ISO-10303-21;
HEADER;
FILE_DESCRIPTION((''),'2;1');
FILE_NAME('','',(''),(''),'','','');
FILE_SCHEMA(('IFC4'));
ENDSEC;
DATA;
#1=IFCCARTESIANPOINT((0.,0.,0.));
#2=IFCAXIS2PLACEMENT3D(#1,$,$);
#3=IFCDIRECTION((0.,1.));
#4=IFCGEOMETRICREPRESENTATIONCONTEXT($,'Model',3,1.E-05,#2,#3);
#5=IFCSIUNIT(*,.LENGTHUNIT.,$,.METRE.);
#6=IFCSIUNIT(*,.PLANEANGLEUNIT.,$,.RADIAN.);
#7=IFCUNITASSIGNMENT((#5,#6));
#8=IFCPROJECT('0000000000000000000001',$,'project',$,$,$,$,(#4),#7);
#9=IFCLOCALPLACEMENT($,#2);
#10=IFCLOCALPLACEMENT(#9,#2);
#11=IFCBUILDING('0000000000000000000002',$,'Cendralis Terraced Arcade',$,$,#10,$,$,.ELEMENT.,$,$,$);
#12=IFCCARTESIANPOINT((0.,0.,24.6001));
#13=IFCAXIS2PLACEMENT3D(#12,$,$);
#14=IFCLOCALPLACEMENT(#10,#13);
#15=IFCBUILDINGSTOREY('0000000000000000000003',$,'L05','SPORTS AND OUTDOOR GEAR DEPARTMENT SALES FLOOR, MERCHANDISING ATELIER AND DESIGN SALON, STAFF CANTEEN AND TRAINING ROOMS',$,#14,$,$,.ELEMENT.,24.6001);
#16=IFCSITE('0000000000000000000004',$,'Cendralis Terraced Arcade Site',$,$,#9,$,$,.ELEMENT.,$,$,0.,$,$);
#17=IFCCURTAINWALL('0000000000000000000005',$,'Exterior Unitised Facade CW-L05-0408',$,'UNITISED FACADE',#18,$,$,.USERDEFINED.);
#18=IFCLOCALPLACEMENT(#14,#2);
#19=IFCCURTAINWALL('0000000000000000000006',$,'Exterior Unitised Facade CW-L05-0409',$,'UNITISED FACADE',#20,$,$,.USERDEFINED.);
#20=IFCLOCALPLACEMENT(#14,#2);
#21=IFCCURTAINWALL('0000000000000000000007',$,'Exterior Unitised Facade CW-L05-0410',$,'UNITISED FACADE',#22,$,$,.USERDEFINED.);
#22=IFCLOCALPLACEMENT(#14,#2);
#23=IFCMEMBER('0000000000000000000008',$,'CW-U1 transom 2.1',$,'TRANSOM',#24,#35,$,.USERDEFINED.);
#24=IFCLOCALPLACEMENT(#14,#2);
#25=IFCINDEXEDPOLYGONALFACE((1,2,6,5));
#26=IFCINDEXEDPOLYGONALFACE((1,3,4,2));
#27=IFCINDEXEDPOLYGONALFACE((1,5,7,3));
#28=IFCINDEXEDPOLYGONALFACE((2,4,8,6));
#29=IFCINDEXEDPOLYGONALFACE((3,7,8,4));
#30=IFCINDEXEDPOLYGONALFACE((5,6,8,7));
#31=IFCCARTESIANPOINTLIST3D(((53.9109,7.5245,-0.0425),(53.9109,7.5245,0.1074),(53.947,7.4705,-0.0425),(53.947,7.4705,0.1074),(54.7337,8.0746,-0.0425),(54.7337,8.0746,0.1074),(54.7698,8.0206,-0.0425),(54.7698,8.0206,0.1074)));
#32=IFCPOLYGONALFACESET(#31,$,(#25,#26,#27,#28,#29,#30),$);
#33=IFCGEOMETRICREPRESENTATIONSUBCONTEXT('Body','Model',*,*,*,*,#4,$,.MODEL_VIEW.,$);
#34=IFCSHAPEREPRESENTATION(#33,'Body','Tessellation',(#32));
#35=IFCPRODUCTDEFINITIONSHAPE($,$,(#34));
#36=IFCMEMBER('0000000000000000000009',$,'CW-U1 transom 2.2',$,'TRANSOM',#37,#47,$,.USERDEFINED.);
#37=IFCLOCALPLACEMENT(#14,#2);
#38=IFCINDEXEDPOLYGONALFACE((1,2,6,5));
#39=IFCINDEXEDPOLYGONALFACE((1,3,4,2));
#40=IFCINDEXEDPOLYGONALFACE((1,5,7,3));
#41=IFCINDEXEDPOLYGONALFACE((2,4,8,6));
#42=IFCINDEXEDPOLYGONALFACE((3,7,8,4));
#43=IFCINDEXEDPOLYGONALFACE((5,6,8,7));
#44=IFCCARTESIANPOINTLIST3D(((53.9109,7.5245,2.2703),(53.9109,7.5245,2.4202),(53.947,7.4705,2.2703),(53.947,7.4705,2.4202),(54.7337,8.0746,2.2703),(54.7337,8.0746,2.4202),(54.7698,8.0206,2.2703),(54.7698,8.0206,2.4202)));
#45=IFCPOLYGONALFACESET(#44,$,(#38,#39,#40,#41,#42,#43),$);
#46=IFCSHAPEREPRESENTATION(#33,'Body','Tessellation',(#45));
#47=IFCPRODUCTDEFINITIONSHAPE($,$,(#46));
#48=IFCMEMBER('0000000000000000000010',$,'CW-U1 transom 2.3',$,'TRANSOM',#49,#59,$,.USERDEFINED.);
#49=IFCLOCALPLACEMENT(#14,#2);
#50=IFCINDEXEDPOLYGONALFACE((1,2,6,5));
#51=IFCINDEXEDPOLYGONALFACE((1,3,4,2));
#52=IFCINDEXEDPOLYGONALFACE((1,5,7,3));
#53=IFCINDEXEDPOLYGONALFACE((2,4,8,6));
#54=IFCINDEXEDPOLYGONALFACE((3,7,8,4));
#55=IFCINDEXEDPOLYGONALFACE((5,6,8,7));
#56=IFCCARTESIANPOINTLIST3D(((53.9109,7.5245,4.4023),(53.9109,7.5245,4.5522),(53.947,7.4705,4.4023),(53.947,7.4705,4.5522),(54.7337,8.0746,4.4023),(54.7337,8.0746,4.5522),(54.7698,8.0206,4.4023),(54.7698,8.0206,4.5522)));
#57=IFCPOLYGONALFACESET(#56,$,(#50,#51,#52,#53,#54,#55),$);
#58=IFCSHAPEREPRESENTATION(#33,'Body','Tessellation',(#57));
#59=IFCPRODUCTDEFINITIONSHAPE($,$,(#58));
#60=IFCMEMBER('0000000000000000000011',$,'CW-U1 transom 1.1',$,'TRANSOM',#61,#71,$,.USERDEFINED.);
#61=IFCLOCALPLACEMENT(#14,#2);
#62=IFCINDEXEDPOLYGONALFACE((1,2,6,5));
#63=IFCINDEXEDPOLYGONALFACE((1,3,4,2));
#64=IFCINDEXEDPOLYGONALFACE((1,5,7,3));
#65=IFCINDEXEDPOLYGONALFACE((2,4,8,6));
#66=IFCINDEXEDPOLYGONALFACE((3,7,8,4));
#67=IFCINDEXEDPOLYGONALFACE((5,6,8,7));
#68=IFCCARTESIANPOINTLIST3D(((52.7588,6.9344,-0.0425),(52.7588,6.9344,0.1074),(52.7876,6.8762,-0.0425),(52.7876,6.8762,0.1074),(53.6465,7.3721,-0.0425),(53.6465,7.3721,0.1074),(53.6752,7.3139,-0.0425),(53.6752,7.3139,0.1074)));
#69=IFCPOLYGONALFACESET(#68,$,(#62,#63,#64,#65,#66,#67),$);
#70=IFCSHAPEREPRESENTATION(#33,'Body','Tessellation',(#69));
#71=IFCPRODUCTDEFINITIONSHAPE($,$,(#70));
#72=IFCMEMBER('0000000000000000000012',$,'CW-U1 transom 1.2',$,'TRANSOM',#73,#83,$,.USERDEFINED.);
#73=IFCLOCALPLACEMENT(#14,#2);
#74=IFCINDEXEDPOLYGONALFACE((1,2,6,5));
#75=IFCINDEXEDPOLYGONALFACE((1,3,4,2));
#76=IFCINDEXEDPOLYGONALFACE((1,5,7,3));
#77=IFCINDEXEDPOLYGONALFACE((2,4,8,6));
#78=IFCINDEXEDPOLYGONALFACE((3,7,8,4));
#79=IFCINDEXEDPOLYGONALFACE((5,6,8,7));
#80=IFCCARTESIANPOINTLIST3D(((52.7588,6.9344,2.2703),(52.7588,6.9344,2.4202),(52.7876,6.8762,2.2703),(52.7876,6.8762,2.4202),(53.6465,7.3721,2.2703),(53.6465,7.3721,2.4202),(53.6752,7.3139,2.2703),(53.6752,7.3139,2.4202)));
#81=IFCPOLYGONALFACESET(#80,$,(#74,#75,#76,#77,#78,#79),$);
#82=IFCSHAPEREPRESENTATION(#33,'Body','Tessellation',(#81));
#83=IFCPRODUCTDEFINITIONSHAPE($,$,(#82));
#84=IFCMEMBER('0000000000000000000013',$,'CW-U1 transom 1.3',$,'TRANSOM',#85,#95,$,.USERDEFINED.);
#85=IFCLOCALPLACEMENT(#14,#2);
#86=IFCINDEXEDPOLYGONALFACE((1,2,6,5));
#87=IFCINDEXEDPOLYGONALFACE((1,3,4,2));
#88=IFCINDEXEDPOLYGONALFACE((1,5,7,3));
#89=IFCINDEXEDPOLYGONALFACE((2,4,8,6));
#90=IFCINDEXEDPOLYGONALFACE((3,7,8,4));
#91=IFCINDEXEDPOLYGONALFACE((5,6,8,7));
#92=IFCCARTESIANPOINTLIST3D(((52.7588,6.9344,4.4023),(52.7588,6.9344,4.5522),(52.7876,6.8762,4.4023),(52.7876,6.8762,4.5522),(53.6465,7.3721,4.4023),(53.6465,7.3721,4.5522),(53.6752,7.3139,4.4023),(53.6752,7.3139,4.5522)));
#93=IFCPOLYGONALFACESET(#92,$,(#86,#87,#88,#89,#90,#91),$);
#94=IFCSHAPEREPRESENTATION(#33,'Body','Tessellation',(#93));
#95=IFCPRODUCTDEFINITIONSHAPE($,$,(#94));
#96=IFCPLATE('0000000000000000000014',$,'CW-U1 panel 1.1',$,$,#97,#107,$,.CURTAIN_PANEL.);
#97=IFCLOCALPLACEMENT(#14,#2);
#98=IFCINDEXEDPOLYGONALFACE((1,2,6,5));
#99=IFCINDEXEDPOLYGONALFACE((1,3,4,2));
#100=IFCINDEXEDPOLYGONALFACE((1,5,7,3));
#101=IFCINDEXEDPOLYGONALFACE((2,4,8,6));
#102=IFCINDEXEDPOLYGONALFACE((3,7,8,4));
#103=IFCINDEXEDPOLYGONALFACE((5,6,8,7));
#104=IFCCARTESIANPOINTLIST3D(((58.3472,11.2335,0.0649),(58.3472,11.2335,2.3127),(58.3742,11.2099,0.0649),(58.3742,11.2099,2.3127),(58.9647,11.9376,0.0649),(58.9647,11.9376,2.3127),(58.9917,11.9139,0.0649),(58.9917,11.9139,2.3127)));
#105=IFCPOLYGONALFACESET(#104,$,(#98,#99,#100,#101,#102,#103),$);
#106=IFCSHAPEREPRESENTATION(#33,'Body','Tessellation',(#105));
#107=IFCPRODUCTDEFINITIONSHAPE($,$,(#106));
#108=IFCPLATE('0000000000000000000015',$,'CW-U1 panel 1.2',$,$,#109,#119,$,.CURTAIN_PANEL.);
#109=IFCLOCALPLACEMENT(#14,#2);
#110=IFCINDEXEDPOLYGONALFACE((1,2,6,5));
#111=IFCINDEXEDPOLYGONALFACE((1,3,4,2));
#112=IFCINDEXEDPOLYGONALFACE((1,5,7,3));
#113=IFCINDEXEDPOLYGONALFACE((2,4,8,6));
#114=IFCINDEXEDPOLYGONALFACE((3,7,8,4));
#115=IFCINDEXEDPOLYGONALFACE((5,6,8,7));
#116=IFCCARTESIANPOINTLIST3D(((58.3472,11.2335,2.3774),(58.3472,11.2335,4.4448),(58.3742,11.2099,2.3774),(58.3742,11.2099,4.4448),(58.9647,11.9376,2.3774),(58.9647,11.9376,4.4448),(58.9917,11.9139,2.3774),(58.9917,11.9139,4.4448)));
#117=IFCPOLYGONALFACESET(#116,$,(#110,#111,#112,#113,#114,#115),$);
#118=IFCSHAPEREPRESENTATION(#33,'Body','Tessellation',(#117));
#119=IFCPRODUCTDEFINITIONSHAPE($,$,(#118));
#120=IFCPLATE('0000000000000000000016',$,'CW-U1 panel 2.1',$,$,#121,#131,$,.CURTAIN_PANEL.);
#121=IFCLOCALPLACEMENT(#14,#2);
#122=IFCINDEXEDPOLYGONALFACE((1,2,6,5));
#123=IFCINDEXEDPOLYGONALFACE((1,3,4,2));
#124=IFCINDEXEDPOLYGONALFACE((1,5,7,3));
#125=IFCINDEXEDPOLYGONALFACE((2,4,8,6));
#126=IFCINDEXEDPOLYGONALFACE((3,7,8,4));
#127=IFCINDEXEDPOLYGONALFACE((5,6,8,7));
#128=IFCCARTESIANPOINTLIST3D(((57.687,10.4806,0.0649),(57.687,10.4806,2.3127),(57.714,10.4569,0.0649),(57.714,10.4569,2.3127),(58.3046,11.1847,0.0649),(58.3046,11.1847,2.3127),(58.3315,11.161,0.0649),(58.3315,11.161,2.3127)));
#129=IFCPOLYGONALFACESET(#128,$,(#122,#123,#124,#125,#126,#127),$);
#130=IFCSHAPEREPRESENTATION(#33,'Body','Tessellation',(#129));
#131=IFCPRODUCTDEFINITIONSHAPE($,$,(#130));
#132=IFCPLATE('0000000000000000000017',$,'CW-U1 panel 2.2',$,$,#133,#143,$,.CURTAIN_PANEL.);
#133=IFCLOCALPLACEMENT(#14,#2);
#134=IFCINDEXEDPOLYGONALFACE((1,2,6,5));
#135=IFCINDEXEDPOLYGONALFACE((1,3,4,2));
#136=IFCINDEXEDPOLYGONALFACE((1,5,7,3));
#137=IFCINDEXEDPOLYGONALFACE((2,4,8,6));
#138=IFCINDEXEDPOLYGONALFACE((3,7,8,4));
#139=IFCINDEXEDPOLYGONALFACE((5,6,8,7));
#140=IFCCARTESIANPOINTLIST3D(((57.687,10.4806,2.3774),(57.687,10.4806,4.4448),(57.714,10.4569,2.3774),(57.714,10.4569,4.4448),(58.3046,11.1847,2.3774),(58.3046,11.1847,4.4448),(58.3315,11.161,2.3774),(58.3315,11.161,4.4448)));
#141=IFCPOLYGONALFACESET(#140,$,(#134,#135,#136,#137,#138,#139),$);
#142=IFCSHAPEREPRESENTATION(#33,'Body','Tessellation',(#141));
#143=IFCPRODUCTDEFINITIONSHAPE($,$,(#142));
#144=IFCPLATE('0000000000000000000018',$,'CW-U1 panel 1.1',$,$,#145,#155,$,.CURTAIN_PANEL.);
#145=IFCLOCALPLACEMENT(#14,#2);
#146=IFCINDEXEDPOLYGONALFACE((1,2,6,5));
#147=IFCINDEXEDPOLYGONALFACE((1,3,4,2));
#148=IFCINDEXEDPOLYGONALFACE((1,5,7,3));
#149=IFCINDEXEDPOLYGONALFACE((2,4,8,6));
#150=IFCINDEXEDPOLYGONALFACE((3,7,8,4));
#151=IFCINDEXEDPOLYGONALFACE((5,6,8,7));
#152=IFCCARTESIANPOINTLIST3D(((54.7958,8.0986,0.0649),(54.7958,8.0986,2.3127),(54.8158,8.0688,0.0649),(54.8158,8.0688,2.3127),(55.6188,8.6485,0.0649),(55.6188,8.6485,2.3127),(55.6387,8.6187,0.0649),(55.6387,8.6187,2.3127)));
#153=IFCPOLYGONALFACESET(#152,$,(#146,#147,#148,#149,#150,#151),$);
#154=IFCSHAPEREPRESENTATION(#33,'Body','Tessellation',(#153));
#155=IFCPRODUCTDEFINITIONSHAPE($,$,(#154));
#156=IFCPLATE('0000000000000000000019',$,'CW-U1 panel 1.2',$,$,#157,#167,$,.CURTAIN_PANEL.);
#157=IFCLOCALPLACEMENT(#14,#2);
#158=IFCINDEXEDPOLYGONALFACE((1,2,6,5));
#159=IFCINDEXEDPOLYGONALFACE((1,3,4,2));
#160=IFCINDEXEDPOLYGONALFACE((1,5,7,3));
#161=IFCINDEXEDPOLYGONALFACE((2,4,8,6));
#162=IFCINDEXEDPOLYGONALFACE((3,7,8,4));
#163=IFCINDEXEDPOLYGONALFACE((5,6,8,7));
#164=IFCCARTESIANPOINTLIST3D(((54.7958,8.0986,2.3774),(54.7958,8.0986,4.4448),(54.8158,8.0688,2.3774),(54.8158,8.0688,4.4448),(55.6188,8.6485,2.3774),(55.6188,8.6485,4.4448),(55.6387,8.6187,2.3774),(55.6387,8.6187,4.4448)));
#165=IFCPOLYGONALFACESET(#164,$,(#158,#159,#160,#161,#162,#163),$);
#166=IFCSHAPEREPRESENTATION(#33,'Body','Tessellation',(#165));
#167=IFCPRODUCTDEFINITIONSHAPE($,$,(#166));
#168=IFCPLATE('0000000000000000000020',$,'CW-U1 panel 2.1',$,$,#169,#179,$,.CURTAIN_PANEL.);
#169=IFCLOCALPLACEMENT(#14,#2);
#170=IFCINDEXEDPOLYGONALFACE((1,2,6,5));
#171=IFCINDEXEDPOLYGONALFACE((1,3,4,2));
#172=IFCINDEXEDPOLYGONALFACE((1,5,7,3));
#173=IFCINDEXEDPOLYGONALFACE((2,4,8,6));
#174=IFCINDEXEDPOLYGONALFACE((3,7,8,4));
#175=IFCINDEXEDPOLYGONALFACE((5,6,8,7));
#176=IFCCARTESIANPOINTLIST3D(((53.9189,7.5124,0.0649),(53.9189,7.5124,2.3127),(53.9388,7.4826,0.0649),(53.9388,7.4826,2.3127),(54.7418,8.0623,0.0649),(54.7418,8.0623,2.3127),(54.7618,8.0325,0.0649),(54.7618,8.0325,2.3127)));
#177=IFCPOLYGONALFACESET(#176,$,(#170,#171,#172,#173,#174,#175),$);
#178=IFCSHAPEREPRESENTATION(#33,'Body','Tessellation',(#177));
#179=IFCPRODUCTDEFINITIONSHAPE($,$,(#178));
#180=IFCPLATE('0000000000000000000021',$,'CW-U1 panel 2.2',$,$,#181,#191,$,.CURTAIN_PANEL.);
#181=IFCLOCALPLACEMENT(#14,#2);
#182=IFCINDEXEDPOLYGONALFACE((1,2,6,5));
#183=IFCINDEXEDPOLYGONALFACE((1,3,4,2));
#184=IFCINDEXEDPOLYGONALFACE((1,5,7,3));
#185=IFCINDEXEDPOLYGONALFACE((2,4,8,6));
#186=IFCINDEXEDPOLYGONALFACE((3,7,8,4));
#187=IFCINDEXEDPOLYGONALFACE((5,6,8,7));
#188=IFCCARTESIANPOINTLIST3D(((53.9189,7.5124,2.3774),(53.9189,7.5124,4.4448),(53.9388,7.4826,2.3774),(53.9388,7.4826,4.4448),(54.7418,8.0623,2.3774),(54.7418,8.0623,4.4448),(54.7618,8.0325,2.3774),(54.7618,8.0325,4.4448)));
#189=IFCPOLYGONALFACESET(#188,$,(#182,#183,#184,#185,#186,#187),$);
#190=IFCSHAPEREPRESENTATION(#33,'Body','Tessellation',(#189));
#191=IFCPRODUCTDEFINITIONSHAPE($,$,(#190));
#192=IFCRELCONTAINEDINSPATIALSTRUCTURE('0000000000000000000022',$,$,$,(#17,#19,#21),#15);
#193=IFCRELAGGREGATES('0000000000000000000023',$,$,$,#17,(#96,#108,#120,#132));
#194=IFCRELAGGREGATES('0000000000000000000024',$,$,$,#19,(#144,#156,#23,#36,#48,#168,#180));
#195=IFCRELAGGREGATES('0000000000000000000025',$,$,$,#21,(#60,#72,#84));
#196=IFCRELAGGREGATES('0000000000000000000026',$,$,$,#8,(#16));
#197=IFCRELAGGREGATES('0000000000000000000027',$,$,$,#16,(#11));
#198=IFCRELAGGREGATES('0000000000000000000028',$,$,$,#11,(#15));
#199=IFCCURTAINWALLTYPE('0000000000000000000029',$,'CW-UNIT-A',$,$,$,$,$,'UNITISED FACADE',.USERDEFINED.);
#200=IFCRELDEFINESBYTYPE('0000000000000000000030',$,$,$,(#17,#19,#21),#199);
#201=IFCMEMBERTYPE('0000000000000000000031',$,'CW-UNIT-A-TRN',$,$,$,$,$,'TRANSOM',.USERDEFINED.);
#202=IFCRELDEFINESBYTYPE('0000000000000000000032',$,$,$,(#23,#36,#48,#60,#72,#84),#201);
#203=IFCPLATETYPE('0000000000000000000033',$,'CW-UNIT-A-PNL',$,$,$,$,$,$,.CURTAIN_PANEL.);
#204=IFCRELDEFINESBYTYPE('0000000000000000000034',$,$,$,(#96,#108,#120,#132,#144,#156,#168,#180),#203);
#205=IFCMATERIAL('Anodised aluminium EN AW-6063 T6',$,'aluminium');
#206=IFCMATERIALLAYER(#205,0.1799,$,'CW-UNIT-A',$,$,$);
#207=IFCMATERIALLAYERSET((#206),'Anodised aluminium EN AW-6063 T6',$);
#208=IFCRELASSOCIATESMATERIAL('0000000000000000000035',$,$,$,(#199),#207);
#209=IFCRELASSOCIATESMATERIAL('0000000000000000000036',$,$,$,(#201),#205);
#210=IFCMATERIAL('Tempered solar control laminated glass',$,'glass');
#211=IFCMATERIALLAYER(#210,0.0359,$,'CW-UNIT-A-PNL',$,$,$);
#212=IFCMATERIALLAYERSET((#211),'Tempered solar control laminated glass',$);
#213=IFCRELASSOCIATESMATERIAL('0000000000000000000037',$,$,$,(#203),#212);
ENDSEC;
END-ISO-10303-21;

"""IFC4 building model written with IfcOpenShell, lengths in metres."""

from ifc_helpers import new_model, si_unit, direction, frame, origin, origin_2d, place, context, subcontext, project, spatial, rectangle, extrude, material, layer, layer_set, material_profile, profile_set, type_object, element, aggregate, save


model = new_model("IFC4")

# Units and contexts
model_context = context("Model", 3, precision=1e-05, world=origin(), true_north=direction((0.0, 1.0)))
body_context = subcontext(model_context, "Body", "Model", "MODEL_VIEW")
ifc_project = project(units=[si_unit("LENGTHUNIT", "METRE"), si_unit("PLANEANGLEUNIT", "RADIAN")], contexts=[model_context])

# Site, building, storey
site_placement = place(None, origin())
site = spatial("IfcSite", under=ifc_project, at=site_placement, Name="Cendralis Terraced Arcade Site", CompositionType="ELEMENT", RefElevation=0.0)
building_placement = place(site_placement, origin())
building = spatial("IfcBuilding", under=site, at=building_placement, Name="Cendralis Terraced Arcade", CompositionType="ELEMENT")
storey_placement = place(building_placement, frame((0.0, 0.0, 24.6001)))
storey = spatial("IfcBuildingStorey", under=building, at=storey_placement, Name="L05", Description="SPORTS AND OUTDOOR GEAR DEPARTMENT SALES FLOOR, MERCHANDISING ATELIER AND DESIGN SALON, STAFF CANTEEN AND TRAINING ROOMS", CompositionType="ELEMENT", Elevation=24.6001)

# Curtain walls
ifc_material_1 = material(Name="Anodised aluminium EN AW-6063 T6", Category="aluminium")
ifc_layer_1 = layer(ifc_material_1, 0.1799, Name="CW-UNIT-A")
ifc_layer_set_1 = layer_set([ifc_layer_1], Name="Anodised aluminium EN AW-6063 T6")
curtain_wall_type = type_object("IfcCurtainWallType", Name="CW-UNIT-A", ElementType="UNITISED FACADE", PredefinedType="USERDEFINED", material=ifc_layer_set_1)
curtain_wall_1_placement = place(storey_placement, origin())
curtain_wall_1 = element("IfcCurtainWall", 1, at=curtain_wall_1_placement, inside=storey, type_object=curtain_wall_type, Name="Exterior Unitised Facade CW-L05-0408", ObjectType="UNITISED FACADE", PredefinedType="USERDEFINED")
curtain_wall_2_placement = place(storey_placement, origin())
curtain_wall_2 = element("IfcCurtainWall", 2, at=curtain_wall_2_placement, inside=storey, type_object=curtain_wall_type, Name="Exterior Unitised Facade CW-L05-0409", ObjectType="UNITISED FACADE", PredefinedType="USERDEFINED")

# Curtain wall
curtain_wall_3_placement = place(storey_placement, origin())
curtain_wall_3 = element("IfcCurtainWall", 3, at=curtain_wall_3_placement, inside=storey, type_object=curtain_wall_type, Name="Exterior Unitised Facade CW-L05-0410", ObjectType="UNITISED FACADE", PredefinedType="USERDEFINED")

# Members
ifc_material_profile_1 = material_profile(ifc_material_1, rectangle(XDim=0.0649, YDim=0.1499, at=origin_2d()), Name="ALU-TRN-65x150")
ifc_profile_set_1 = profile_set([ifc_material_profile_1], Name="Anodised aluminium EN AW-6063 T6")
member_type_1 = type_object("IfcMemberType", Name="CW-UNIT-A-TRN", ElementType="TRANSOM", PredefinedType="USERDEFINED", material=ifc_profile_set_1)
member_1_placement = place(storey_placement, frame((54.7517, 8.0476, 0.0325), z_axis=(-0.831329, -0.555781, 0.0), x_axis=(0.555781, -0.831329, 0.0)))
member_1 = element("IfcMember", 4, at=member_1_placement, type_object=member_type_1, Name="CW-U1 transom 2.1", ObjectType="TRANSOM", PredefinedType="USERDEFINED", context=body_context, shape_type="SweptSolid", body=[
    extrude(rectangle(XDim=0.0649, YDim=0.1499, at=origin_2d()), origin(), (0.0, 0.0, 1.0), 0.9897),
])
member_2_placement = place(storey_placement, frame((54.7517, 8.0476, 2.3452), z_axis=(-0.831329, -0.555781, 0.0), x_axis=(0.555781, -0.831329, 0.0)))
member_2 = element("IfcMember", 5, at=member_2_placement, type_object=member_type_1, Name="CW-U1 transom 2.2", ObjectType="TRANSOM", PredefinedType="USERDEFINED", context=body_context, shape_type="SweptSolid", body=[
    extrude(rectangle(XDim=0.0649, YDim=0.1499, at=origin_2d()), origin(), (0.0, 0.0, 1.0), 0.9897),
])
member_3_placement = place(storey_placement, frame((54.7517, 8.0476, 4.4773), z_axis=(-0.831329, -0.555781, 0.0), x_axis=(0.555781, -0.831329, 0.0)))
member_3 = element("IfcMember", 6, at=member_3_placement, type_object=member_type_1, Name="CW-U1 transom 2.3", ObjectType="TRANSOM", PredefinedType="USERDEFINED", context=body_context, shape_type="SweptSolid", body=[
    extrude(rectangle(XDim=0.0649, YDim=0.1499, at=origin_2d()), origin(), (0.0, 0.0, 1.0), 0.9897),
])
member_4_placement = place(storey_placement, frame((53.6609, 7.343, 0.0325), z_axis=(-0.89688, -0.442273, 0.0), x_axis=(0.442273, -0.89688, 0.0)))
member_4 = element("IfcMember", 7, at=member_4_placement, type_object=member_type_1, Name="CW-U1 transom 1.1", ObjectType="TRANSOM", PredefinedType="USERDEFINED", context=body_context, shape_type="SweptSolid", body=[
    extrude(rectangle(XDim=0.0649, YDim=0.1499, at=origin_2d()), origin(), (0.0, 0.0, 1.0), 0.9897),
])
member_5_placement = place(storey_placement, frame((53.6609, 7.343, 2.3452), z_axis=(-0.89688, -0.442273, 0.0), x_axis=(0.442273, -0.89688, 0.0)))
member_5 = element("IfcMember", 8, at=member_5_placement, type_object=member_type_1, Name="CW-U1 transom 1.2", ObjectType="TRANSOM", PredefinedType="USERDEFINED", context=body_context, shape_type="SweptSolid", body=[
    extrude(rectangle(XDim=0.0649, YDim=0.1499, at=origin_2d()), origin(), (0.0, 0.0, 1.0), 0.9897),
])
member_6_placement = place(storey_placement, frame((53.6609, 7.343, 4.4773), z_axis=(-0.89688, -0.442273, 0.0), x_axis=(0.442273, -0.89688, 0.0)))
member_6 = element("IfcMember", 9, at=member_6_placement, type_object=member_type_1, Name="CW-U1 transom 1.3", ObjectType="TRANSOM", PredefinedType="USERDEFINED", context=body_context, shape_type="SweptSolid", body=[
    extrude(rectangle(XDim=0.0649, YDim=0.1499, at=origin_2d()), origin(), (0.0, 0.0, 1.0), 0.9897),
])

# Plates
ifc_material_2 = material(Name="Tempered solar control laminated glass", Category="glass")
ifc_layer_2 = layer(ifc_material_2, 0.0359, Name="CW-UNIT-A-PNL")
ifc_layer_set_2 = layer_set([ifc_layer_2], Name="Tempered solar control laminated glass")
plate_type = type_object("IfcPlateType", Name="CW-UNIT-A-PNL", PredefinedType="CURTAIN_PANEL", material=ifc_layer_set_2)
plate_1_placement = place(storey_placement, frame((58.6694, 11.5737, 0.0649), z_axis=(0.0, 0.0, 1.0), x_axis=(-0.659387, -0.751803, 0.0)))
plate_1 = element("IfcPlate", 10, at=plate_1_placement, type_object=plate_type, Name="CW-U1 panel 1.1", PredefinedType="CURTAIN_PANEL", context=body_context, shape_type="SweptSolid", body=[
    extrude(rectangle(XDim=0.9365, YDim=0.0359, at=origin_2d()), origin(), (0.0, 0.0, 1.0), 2.2478),
])
plate_2_placement = place(storey_placement, frame((58.6694, 11.5737, 2.3774), z_axis=(0.0, 0.0, 1.0), x_axis=(-0.659387, -0.751803, 0.0)))
plate_2 = element("IfcPlate", 11, at=plate_2_placement, type_object=plate_type, Name="CW-U1 panel 1.2", PredefinedType="CURTAIN_PANEL", context=body_context, shape_type="SweptSolid", body=[
    extrude(rectangle(XDim=0.9365, YDim=0.0359, at=origin_2d()), origin(), (0.0, 0.0, 1.0), 2.0674),
])
plate_3_placement = place(storey_placement, frame((58.0093, 10.8208, 0.0649), z_axis=(0.0, 0.0, 1.0), x_axis=(-0.659387, -0.751803, 0.0)))
plate_3 = element("IfcPlate", 12, at=plate_3_placement, type_object=plate_type, Name="CW-U1 panel 2.1", PredefinedType="CURTAIN_PANEL", context=body_context, shape_type="SweptSolid", body=[
    extrude(rectangle(XDim=0.9365, YDim=0.0359, at=origin_2d()), origin(), (0.0, 0.0, 1.0), 2.2478),
])
plate_4_placement = place(storey_placement, frame((58.0093, 10.8208, 2.3774), z_axis=(0.0, 0.0, 1.0), x_axis=(-0.659387, -0.751803, 0.0)))
plate_4 = element("IfcPlate", 13, at=plate_4_placement, type_object=plate_type, Name="CW-U1 panel 2.2", PredefinedType="CURTAIN_PANEL", context=body_context, shape_type="SweptSolid", body=[
    extrude(rectangle(XDim=0.9365, YDim=0.0359, at=origin_2d()), origin(), (0.0, 0.0, 1.0), 2.0674),
])
aggregate(curtain_wall_1, [plate_1, plate_2, plate_3, plate_4])
plate_5_placement = place(storey_placement, frame((55.2173, 8.3586, 0.0649), z_axis=(0.0, 0.0, 1.0), x_axis=(-0.831477, -0.555559, 0.0)))
plate_5 = element("IfcPlate", 14, at=plate_5_placement, type_object=plate_type, Name="CW-U1 panel 1.1", PredefinedType="CURTAIN_PANEL", context=body_context, shape_type="SweptSolid", body=[
    extrude(rectangle(XDim=0.9897, YDim=0.0359, at=origin_2d()), origin(), (0.0, 0.0, 1.0), 2.2478),
])
plate_6_placement = place(storey_placement, frame((55.2173, 8.3586, 2.3774), z_axis=(0.0, 0.0, 1.0), x_axis=(-0.831477, -0.555559, 0.0)))
plate_6 = element("IfcPlate", 15, at=plate_6_placement, type_object=plate_type, Name="CW-U1 panel 1.2", PredefinedType="CURTAIN_PANEL", context=body_context, shape_type="SweptSolid", body=[
    extrude(rectangle(XDim=0.9897, YDim=0.0359, at=origin_2d()), origin(), (0.0, 0.0, 1.0), 2.0674),
])
plate_7_placement = place(storey_placement, frame((54.3403, 7.7725, 0.0649), z_axis=(0.0, 0.0, 1.0), x_axis=(-0.831477, -0.555559, 0.0)))
plate_7 = element("IfcPlate", 16, at=plate_7_placement, type_object=plate_type, Name="CW-U1 panel 2.1", PredefinedType="CURTAIN_PANEL", context=body_context, shape_type="SweptSolid", body=[
    extrude(rectangle(XDim=0.9897, YDim=0.0359, at=origin_2d()), origin(), (0.0, 0.0, 1.0), 2.2478),
])
plate_8_placement = place(storey_placement, frame((54.3403, 7.7725, 2.3774), z_axis=(0.0, 0.0, 1.0), x_axis=(-0.831477, -0.555559, 0.0)))
plate_8 = element("IfcPlate", 17, at=plate_8_placement, type_object=plate_type, Name="CW-U1 panel 2.2", PredefinedType="CURTAIN_PANEL", context=body_context, shape_type="SweptSolid", body=[
    extrude(rectangle(XDim=0.9897, YDim=0.0359, at=origin_2d()), origin(), (0.0, 0.0, 1.0), 2.0674),
])
aggregate(curtain_wall_2, [plate_5, plate_6, member_1, member_2, member_3, plate_7, plate_8])
aggregate(curtain_wall_3, [member_4, member_5, member_6])

save(model, "model.ifc")
